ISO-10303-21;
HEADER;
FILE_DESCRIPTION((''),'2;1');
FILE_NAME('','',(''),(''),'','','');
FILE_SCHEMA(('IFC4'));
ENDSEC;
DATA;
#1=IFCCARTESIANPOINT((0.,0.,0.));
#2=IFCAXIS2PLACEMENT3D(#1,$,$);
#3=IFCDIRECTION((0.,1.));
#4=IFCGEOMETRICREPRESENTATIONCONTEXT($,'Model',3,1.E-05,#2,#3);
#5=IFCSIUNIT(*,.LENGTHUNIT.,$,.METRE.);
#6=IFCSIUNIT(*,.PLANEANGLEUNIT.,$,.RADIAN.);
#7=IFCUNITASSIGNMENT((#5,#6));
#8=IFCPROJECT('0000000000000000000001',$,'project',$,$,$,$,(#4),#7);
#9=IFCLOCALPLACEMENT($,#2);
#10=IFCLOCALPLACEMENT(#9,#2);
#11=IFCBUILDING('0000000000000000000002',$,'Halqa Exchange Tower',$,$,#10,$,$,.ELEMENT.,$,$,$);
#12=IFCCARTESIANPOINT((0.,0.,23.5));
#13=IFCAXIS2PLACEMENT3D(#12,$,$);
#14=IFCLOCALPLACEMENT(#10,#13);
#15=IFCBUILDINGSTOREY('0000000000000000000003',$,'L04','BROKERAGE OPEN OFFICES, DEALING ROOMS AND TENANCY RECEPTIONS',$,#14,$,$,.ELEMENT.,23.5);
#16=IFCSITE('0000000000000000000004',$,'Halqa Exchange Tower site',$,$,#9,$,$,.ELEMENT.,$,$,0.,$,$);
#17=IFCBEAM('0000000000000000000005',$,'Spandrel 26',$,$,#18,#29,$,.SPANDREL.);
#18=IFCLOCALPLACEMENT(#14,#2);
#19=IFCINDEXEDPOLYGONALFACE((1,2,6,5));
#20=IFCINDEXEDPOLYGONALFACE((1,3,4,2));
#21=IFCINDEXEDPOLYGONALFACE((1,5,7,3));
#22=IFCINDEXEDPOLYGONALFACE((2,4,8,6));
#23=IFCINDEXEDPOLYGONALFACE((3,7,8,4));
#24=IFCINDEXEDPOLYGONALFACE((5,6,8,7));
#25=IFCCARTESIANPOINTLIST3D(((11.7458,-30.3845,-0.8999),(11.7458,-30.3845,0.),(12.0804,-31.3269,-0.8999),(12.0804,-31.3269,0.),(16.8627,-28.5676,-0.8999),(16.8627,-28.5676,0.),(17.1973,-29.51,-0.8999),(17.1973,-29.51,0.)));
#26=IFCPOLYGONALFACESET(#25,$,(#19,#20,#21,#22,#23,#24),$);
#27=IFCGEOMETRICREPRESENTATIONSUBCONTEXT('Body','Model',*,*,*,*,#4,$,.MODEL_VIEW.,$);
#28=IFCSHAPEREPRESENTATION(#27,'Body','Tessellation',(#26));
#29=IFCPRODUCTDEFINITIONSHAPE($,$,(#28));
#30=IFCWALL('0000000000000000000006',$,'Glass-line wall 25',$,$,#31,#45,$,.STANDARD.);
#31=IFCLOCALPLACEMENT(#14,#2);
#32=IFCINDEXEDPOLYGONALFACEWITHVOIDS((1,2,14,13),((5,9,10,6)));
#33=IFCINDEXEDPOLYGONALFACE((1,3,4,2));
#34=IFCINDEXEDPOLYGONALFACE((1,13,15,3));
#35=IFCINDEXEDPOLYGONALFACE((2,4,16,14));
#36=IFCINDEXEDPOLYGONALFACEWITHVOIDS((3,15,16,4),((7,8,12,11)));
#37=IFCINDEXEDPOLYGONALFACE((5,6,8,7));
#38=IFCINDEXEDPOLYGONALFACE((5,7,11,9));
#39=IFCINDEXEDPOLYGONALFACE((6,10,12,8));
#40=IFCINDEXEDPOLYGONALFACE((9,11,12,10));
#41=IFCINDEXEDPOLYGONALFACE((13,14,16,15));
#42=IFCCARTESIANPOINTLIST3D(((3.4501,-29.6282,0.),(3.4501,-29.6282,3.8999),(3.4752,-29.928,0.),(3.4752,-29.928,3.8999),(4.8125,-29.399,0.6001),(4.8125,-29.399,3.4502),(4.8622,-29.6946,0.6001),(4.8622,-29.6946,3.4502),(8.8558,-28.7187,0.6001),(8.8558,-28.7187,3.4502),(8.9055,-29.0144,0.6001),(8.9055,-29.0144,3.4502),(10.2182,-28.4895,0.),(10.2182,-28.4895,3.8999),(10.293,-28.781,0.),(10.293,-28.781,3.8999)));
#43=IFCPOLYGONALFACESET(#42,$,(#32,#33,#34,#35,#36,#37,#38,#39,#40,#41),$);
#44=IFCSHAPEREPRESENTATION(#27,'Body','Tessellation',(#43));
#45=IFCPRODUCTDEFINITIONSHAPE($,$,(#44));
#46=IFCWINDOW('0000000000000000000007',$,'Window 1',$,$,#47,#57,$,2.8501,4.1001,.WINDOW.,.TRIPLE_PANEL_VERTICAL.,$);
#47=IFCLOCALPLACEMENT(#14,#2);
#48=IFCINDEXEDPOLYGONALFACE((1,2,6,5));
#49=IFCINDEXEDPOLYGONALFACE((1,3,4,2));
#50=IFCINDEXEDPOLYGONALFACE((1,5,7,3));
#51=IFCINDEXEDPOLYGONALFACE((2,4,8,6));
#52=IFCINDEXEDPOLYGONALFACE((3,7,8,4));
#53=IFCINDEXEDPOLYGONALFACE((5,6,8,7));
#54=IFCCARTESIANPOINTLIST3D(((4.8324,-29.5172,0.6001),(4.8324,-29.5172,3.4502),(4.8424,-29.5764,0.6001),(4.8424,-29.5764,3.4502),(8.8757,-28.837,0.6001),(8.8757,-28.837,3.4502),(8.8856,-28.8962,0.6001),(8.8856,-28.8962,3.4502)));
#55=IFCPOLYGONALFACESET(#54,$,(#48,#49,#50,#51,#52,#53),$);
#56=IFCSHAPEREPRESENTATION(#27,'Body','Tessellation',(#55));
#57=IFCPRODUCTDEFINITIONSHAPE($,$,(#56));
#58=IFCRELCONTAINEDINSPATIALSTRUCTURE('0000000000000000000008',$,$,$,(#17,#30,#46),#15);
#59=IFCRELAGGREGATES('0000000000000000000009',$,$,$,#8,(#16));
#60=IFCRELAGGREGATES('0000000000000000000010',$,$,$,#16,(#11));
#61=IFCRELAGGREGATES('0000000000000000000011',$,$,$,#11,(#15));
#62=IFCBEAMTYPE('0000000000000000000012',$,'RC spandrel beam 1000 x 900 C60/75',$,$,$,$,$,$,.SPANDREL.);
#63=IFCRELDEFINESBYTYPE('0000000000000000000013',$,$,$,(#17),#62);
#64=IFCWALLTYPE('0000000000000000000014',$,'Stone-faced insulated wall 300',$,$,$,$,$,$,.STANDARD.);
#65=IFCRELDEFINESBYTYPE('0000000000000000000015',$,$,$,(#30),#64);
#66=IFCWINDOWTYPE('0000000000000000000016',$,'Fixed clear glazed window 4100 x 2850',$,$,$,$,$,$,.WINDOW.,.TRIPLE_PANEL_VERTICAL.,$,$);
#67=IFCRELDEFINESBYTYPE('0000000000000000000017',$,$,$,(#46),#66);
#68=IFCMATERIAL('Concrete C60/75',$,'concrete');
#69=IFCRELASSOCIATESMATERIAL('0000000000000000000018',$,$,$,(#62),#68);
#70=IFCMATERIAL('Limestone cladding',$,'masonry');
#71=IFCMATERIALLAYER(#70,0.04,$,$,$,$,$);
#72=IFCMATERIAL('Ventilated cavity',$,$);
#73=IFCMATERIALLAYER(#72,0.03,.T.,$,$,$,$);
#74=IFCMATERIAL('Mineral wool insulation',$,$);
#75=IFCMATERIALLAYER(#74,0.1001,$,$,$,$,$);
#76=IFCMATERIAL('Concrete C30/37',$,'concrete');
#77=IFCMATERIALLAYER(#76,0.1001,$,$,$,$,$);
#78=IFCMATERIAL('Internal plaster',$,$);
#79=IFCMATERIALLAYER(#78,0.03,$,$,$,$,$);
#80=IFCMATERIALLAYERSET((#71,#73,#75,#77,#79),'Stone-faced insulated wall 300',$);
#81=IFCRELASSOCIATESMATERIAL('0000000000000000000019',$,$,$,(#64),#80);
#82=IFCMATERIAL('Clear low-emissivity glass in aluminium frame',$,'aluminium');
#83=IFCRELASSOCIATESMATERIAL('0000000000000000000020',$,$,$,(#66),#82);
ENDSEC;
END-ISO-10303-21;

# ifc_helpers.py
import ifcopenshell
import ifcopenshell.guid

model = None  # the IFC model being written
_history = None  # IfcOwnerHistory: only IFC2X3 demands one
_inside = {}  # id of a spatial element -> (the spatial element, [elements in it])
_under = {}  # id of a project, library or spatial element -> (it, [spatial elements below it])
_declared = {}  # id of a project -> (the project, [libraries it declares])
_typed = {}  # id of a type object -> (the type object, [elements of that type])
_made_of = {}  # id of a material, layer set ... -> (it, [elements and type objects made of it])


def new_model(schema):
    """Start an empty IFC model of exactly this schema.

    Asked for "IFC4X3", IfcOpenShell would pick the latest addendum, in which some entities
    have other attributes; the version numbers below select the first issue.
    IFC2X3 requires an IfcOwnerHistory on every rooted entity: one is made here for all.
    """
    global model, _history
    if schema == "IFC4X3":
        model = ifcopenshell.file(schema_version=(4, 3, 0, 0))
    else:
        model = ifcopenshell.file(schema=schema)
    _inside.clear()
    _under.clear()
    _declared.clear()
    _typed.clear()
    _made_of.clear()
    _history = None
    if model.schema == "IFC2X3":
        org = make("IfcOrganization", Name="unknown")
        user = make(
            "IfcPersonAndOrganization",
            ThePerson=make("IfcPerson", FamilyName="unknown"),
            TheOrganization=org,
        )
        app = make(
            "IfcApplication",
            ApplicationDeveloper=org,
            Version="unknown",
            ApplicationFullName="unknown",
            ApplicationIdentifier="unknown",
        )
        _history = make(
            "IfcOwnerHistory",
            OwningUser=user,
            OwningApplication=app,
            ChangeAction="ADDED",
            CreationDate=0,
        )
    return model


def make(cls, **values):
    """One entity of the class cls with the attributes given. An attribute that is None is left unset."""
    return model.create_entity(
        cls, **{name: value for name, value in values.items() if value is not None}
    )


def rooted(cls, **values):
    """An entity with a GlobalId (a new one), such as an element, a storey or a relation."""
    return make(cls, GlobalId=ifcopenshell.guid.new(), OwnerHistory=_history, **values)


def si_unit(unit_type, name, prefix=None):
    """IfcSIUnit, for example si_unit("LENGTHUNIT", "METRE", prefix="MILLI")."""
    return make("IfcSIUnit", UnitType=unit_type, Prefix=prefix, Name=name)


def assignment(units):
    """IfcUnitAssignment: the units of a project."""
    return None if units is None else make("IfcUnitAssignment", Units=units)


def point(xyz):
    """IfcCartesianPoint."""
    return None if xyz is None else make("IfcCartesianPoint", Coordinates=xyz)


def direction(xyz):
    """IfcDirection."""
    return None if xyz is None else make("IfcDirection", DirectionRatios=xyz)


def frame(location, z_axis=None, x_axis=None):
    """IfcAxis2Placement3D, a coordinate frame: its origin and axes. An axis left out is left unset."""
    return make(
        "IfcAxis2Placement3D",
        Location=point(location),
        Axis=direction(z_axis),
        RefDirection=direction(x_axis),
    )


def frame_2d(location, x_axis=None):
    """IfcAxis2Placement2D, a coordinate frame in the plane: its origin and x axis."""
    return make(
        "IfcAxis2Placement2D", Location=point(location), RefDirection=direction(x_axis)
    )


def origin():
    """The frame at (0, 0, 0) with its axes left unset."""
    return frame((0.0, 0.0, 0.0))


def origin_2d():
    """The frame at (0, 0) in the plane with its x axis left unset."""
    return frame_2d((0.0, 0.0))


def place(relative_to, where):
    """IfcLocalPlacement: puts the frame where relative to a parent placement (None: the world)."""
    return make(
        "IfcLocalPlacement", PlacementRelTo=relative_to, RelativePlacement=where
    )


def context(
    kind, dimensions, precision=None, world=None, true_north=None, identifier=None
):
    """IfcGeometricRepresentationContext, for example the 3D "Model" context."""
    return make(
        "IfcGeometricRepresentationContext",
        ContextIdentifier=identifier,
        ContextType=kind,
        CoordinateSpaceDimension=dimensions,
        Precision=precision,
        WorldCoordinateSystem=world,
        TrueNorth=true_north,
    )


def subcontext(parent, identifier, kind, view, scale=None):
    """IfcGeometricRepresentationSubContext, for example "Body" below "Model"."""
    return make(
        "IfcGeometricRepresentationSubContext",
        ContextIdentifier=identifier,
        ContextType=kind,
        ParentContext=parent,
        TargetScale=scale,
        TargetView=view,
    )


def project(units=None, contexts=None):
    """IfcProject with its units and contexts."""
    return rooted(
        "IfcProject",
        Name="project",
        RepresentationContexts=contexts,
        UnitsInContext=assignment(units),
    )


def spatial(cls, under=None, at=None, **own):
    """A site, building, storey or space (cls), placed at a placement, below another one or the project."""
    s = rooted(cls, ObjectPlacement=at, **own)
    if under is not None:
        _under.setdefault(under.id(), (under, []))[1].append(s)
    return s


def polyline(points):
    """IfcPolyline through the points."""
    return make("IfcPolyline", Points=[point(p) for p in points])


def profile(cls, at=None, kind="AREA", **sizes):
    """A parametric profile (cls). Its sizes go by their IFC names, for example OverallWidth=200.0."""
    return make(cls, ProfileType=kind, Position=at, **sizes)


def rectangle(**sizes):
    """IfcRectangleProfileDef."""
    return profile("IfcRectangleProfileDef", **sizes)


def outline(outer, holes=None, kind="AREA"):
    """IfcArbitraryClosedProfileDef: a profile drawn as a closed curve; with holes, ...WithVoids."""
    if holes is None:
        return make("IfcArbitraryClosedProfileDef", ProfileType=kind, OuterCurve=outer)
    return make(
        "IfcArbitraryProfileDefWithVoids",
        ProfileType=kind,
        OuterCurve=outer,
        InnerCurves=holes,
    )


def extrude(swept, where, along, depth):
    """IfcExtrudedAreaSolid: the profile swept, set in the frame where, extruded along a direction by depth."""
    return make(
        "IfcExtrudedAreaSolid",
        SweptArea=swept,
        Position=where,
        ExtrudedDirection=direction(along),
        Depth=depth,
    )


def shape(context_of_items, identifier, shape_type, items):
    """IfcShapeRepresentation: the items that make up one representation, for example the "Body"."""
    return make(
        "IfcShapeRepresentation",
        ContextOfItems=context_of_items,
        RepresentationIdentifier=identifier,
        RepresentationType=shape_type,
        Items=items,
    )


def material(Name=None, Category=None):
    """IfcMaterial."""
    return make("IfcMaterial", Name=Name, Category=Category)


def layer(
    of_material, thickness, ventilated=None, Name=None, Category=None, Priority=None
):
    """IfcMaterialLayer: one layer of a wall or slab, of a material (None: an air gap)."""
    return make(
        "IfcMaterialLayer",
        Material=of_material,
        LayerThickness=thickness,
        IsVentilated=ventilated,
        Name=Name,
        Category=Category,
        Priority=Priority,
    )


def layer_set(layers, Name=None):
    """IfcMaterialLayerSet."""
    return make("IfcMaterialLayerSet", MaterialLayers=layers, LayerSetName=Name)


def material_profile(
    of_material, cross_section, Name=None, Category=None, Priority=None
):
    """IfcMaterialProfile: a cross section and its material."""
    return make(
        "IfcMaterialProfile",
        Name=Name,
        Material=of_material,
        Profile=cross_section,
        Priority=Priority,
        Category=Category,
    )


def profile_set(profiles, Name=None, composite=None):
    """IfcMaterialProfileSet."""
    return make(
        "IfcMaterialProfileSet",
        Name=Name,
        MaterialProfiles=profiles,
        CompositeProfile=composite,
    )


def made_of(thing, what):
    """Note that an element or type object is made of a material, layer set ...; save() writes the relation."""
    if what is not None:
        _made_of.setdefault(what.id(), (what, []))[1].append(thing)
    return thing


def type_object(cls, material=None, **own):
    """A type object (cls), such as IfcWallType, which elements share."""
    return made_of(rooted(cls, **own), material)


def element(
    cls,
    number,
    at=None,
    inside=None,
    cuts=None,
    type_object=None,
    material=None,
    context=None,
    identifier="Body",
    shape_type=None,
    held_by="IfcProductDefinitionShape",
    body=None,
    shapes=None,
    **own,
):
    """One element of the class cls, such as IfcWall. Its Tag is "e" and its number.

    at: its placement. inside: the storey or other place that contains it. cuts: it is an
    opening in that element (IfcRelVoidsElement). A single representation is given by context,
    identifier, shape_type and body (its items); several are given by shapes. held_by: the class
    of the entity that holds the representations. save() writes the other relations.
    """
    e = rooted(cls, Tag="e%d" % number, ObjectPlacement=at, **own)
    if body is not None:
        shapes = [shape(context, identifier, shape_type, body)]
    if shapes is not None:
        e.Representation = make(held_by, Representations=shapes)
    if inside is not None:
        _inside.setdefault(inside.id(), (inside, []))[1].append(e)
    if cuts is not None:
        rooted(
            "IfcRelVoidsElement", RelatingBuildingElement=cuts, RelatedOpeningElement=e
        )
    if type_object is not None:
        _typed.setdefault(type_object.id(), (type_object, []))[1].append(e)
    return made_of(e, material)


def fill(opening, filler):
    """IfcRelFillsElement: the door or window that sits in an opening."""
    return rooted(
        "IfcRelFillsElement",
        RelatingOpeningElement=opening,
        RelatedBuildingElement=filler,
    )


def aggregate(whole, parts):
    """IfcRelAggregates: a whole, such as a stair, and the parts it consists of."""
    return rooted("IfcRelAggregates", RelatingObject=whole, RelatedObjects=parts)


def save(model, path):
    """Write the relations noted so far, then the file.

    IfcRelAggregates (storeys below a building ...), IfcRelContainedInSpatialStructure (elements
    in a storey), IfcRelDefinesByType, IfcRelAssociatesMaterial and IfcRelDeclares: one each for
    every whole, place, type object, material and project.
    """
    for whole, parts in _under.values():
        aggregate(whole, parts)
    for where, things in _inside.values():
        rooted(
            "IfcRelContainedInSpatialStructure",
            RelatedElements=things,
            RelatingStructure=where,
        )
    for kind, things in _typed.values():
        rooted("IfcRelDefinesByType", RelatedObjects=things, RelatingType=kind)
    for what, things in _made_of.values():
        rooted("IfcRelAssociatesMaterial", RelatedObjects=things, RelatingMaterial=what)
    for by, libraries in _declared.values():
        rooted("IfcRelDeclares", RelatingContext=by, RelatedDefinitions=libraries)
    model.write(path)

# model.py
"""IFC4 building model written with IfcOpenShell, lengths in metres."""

from ifc_helpers import new_model, si_unit, direction, frame, frame_2d, origin, origin_2d, place, context, subcontext, project, spatial, polyline, rectangle, outline, extrude, material, layer, layer_set, material_profile, profile_set, type_object, element, fill, save


model = new_model("IFC4")

# Units and contexts
model_context = context("Model", 3, precision=1e-05, world=origin(), true_north=direction((0.0, 1.0)))
body_context = subcontext(model_context, "Body", "Model", "MODEL_VIEW")
ifc_project = project(units=[si_unit("LENGTHUNIT", "METRE"), si_unit("PLANEANGLEUNIT", "RADIAN")], contexts=[model_context])

# Site, building, storey
site_placement = place(None, origin())
site = spatial("IfcSite", under=ifc_project, at=site_placement, Name="Halqa Exchange Tower site", CompositionType="ELEMENT", RefElevation=0.0)
building_placement = place(site_placement, origin())
building = spatial("IfcBuilding", under=site, at=building_placement, Name="Halqa Exchange Tower", CompositionType="ELEMENT")
storey_placement = place(building_placement, frame((0.0, 0.0, 23.5)))
storey = spatial("IfcBuildingStorey", under=building, at=storey_placement, Name="L04", Description="BROKERAGE OPEN OFFICES, DEALING ROOMS AND TENANCY RECEPTIONS", CompositionType="ELEMENT", Elevation=23.5)

# Beam
ifc_material_1 = material(Name="Concrete C60/75", Category="concrete")
ifc_material_profile_1 = material_profile(ifc_material_1, rectangle(XDim=1.0, YDim=0.8999, at=origin_2d()), Name="1000 x 900")
ifc_profile_set_1 = profile_set([ifc_material_profile_1], Name="Concrete C60/75")
beam_type_1 = type_object("IfcBeamType", Name="RC spandrel beam 1000 x 900 C60/75", PredefinedType="SPANDREL", material=ifc_profile_set_1)
beam_1_placement = place(storey_placement, frame((11.9131, -30.8557, -0.45), z_axis=(0.942358, 0.334607, 0.0), x_axis=(-0.334607, 0.942358, 0.0)))
element("IfcBeam", 1, at=beam_1_placement, inside=storey, type_object=beam_type_1, Name="Spandrel 26", PredefinedType="SPANDREL", context=body_context, shape_type="SweptSolid", body=[
    extrude(rectangle(XDim=1.0, YDim=0.8999, at=origin_2d()), origin(), (0.0, 0.0, 1.0), 5.4299),
])

# Wall, opening, window
ifc_material_2 = material(Name="Limestone cladding", Category="masonry")
ifc_layer_1 = layer(ifc_material_2, 0.04)
ifc_material_3 = material(Name="Ventilated cavity")
ifc_layer_2 = layer(ifc_material_3, 0.03, ventilated=True)
ifc_material_4 = material(Name="Mineral wool insulation")
ifc_layer_3 = layer(ifc_material_4, 0.1001)
ifc_material_5 = material(Name="Concrete C30/37", Category="concrete")
ifc_layer_4 = layer(ifc_material_5, 0.1001)
ifc_material_6 = material(Name="Internal plaster")
ifc_layer_5 = layer(ifc_material_6, 0.03)
ifc_layer_set = layer_set([ifc_layer_1, ifc_layer_2, ifc_layer_3, ifc_layer_4, ifc_layer_5], Name="Stone-faced insulated wall 300")
wall_type = type_object("IfcWallType", Name="Stone-faced insulated wall 300", PredefinedType="STANDARD", material=ifc_layer_set)
wall_placement = place(storey_placement, frame((3.4626, -29.7781, 0.0), z_axis=(0.0, 0.0, 1.0), x_axis=(0.986142, 0.165905, 0.0)))
wall = element("IfcWall", 2, at=wall_placement, inside=storey, type_object=wall_type, Name="Glass-line wall 25", PredefinedType="STANDARD", context=body_context, shape_type="SweptSolid", body=[
    extrude(outline(polyline([(-0.0125, -0.1499), (6.9011, -0.1499), (6.8757, 0.1499), (0.0125, 0.1499), (-0.0125, -0.1499)])), origin(), (0.0, 0.0, 1.0), 3.8999),
])
opening_placement = place(wall_placement, frame((1.394, 0.0, 0.6001)))
opening = element("IfcOpeningElement", 3, at=opening_placement, cuts=wall, PredefinedType="OPENING", context=body_context, shape_type="SweptSolid", body=[
    extrude(rectangle(XDim=4.1001, YDim=2.8501, at=frame_2d((2.05, 1.425))), frame((0.0, 0.1621, 0.0), z_axis=(0.0, -1.0, 0.0), x_axis=(1.0, 0.0, 0.0)), (0.0, 0.0, 1.0), 0.324),
])
ifc_material_7 = material(Name="Clear low-emissivity glass in aluminium frame", Category="aluminium")
window_type = type_object("IfcWindowType", Name="Fixed clear glazed window 4100 x 2850", PartitioningType="TRIPLE_PANEL_VERTICAL", PredefinedType="WINDOW", material=ifc_material_7)
window_placement = place(opening_placement, origin())
window = element("IfcWindow", 4, at=window_placement, inside=storey, type_object=window_type, Name="Window 1", OverallHeight=2.8501, OverallWidth=4.1001, PartitioningType="TRIPLE_PANEL_VERTICAL", PredefinedType="WINDOW", context=body_context, shape_type="SweptSolid", body=[
    extrude(rectangle(XDim=4.1001, YDim=2.8501, at=frame_2d((2.05, 1.425))), frame((0.0, 0.03, 0.0), z_axis=(0.0, -1.0, 0.0), x_axis=(1.0, 0.0, 0.0)), (0.0, 0.0, 1.0), 0.0601),
])
fill(opening, window)

save(model, "model.ifc")
